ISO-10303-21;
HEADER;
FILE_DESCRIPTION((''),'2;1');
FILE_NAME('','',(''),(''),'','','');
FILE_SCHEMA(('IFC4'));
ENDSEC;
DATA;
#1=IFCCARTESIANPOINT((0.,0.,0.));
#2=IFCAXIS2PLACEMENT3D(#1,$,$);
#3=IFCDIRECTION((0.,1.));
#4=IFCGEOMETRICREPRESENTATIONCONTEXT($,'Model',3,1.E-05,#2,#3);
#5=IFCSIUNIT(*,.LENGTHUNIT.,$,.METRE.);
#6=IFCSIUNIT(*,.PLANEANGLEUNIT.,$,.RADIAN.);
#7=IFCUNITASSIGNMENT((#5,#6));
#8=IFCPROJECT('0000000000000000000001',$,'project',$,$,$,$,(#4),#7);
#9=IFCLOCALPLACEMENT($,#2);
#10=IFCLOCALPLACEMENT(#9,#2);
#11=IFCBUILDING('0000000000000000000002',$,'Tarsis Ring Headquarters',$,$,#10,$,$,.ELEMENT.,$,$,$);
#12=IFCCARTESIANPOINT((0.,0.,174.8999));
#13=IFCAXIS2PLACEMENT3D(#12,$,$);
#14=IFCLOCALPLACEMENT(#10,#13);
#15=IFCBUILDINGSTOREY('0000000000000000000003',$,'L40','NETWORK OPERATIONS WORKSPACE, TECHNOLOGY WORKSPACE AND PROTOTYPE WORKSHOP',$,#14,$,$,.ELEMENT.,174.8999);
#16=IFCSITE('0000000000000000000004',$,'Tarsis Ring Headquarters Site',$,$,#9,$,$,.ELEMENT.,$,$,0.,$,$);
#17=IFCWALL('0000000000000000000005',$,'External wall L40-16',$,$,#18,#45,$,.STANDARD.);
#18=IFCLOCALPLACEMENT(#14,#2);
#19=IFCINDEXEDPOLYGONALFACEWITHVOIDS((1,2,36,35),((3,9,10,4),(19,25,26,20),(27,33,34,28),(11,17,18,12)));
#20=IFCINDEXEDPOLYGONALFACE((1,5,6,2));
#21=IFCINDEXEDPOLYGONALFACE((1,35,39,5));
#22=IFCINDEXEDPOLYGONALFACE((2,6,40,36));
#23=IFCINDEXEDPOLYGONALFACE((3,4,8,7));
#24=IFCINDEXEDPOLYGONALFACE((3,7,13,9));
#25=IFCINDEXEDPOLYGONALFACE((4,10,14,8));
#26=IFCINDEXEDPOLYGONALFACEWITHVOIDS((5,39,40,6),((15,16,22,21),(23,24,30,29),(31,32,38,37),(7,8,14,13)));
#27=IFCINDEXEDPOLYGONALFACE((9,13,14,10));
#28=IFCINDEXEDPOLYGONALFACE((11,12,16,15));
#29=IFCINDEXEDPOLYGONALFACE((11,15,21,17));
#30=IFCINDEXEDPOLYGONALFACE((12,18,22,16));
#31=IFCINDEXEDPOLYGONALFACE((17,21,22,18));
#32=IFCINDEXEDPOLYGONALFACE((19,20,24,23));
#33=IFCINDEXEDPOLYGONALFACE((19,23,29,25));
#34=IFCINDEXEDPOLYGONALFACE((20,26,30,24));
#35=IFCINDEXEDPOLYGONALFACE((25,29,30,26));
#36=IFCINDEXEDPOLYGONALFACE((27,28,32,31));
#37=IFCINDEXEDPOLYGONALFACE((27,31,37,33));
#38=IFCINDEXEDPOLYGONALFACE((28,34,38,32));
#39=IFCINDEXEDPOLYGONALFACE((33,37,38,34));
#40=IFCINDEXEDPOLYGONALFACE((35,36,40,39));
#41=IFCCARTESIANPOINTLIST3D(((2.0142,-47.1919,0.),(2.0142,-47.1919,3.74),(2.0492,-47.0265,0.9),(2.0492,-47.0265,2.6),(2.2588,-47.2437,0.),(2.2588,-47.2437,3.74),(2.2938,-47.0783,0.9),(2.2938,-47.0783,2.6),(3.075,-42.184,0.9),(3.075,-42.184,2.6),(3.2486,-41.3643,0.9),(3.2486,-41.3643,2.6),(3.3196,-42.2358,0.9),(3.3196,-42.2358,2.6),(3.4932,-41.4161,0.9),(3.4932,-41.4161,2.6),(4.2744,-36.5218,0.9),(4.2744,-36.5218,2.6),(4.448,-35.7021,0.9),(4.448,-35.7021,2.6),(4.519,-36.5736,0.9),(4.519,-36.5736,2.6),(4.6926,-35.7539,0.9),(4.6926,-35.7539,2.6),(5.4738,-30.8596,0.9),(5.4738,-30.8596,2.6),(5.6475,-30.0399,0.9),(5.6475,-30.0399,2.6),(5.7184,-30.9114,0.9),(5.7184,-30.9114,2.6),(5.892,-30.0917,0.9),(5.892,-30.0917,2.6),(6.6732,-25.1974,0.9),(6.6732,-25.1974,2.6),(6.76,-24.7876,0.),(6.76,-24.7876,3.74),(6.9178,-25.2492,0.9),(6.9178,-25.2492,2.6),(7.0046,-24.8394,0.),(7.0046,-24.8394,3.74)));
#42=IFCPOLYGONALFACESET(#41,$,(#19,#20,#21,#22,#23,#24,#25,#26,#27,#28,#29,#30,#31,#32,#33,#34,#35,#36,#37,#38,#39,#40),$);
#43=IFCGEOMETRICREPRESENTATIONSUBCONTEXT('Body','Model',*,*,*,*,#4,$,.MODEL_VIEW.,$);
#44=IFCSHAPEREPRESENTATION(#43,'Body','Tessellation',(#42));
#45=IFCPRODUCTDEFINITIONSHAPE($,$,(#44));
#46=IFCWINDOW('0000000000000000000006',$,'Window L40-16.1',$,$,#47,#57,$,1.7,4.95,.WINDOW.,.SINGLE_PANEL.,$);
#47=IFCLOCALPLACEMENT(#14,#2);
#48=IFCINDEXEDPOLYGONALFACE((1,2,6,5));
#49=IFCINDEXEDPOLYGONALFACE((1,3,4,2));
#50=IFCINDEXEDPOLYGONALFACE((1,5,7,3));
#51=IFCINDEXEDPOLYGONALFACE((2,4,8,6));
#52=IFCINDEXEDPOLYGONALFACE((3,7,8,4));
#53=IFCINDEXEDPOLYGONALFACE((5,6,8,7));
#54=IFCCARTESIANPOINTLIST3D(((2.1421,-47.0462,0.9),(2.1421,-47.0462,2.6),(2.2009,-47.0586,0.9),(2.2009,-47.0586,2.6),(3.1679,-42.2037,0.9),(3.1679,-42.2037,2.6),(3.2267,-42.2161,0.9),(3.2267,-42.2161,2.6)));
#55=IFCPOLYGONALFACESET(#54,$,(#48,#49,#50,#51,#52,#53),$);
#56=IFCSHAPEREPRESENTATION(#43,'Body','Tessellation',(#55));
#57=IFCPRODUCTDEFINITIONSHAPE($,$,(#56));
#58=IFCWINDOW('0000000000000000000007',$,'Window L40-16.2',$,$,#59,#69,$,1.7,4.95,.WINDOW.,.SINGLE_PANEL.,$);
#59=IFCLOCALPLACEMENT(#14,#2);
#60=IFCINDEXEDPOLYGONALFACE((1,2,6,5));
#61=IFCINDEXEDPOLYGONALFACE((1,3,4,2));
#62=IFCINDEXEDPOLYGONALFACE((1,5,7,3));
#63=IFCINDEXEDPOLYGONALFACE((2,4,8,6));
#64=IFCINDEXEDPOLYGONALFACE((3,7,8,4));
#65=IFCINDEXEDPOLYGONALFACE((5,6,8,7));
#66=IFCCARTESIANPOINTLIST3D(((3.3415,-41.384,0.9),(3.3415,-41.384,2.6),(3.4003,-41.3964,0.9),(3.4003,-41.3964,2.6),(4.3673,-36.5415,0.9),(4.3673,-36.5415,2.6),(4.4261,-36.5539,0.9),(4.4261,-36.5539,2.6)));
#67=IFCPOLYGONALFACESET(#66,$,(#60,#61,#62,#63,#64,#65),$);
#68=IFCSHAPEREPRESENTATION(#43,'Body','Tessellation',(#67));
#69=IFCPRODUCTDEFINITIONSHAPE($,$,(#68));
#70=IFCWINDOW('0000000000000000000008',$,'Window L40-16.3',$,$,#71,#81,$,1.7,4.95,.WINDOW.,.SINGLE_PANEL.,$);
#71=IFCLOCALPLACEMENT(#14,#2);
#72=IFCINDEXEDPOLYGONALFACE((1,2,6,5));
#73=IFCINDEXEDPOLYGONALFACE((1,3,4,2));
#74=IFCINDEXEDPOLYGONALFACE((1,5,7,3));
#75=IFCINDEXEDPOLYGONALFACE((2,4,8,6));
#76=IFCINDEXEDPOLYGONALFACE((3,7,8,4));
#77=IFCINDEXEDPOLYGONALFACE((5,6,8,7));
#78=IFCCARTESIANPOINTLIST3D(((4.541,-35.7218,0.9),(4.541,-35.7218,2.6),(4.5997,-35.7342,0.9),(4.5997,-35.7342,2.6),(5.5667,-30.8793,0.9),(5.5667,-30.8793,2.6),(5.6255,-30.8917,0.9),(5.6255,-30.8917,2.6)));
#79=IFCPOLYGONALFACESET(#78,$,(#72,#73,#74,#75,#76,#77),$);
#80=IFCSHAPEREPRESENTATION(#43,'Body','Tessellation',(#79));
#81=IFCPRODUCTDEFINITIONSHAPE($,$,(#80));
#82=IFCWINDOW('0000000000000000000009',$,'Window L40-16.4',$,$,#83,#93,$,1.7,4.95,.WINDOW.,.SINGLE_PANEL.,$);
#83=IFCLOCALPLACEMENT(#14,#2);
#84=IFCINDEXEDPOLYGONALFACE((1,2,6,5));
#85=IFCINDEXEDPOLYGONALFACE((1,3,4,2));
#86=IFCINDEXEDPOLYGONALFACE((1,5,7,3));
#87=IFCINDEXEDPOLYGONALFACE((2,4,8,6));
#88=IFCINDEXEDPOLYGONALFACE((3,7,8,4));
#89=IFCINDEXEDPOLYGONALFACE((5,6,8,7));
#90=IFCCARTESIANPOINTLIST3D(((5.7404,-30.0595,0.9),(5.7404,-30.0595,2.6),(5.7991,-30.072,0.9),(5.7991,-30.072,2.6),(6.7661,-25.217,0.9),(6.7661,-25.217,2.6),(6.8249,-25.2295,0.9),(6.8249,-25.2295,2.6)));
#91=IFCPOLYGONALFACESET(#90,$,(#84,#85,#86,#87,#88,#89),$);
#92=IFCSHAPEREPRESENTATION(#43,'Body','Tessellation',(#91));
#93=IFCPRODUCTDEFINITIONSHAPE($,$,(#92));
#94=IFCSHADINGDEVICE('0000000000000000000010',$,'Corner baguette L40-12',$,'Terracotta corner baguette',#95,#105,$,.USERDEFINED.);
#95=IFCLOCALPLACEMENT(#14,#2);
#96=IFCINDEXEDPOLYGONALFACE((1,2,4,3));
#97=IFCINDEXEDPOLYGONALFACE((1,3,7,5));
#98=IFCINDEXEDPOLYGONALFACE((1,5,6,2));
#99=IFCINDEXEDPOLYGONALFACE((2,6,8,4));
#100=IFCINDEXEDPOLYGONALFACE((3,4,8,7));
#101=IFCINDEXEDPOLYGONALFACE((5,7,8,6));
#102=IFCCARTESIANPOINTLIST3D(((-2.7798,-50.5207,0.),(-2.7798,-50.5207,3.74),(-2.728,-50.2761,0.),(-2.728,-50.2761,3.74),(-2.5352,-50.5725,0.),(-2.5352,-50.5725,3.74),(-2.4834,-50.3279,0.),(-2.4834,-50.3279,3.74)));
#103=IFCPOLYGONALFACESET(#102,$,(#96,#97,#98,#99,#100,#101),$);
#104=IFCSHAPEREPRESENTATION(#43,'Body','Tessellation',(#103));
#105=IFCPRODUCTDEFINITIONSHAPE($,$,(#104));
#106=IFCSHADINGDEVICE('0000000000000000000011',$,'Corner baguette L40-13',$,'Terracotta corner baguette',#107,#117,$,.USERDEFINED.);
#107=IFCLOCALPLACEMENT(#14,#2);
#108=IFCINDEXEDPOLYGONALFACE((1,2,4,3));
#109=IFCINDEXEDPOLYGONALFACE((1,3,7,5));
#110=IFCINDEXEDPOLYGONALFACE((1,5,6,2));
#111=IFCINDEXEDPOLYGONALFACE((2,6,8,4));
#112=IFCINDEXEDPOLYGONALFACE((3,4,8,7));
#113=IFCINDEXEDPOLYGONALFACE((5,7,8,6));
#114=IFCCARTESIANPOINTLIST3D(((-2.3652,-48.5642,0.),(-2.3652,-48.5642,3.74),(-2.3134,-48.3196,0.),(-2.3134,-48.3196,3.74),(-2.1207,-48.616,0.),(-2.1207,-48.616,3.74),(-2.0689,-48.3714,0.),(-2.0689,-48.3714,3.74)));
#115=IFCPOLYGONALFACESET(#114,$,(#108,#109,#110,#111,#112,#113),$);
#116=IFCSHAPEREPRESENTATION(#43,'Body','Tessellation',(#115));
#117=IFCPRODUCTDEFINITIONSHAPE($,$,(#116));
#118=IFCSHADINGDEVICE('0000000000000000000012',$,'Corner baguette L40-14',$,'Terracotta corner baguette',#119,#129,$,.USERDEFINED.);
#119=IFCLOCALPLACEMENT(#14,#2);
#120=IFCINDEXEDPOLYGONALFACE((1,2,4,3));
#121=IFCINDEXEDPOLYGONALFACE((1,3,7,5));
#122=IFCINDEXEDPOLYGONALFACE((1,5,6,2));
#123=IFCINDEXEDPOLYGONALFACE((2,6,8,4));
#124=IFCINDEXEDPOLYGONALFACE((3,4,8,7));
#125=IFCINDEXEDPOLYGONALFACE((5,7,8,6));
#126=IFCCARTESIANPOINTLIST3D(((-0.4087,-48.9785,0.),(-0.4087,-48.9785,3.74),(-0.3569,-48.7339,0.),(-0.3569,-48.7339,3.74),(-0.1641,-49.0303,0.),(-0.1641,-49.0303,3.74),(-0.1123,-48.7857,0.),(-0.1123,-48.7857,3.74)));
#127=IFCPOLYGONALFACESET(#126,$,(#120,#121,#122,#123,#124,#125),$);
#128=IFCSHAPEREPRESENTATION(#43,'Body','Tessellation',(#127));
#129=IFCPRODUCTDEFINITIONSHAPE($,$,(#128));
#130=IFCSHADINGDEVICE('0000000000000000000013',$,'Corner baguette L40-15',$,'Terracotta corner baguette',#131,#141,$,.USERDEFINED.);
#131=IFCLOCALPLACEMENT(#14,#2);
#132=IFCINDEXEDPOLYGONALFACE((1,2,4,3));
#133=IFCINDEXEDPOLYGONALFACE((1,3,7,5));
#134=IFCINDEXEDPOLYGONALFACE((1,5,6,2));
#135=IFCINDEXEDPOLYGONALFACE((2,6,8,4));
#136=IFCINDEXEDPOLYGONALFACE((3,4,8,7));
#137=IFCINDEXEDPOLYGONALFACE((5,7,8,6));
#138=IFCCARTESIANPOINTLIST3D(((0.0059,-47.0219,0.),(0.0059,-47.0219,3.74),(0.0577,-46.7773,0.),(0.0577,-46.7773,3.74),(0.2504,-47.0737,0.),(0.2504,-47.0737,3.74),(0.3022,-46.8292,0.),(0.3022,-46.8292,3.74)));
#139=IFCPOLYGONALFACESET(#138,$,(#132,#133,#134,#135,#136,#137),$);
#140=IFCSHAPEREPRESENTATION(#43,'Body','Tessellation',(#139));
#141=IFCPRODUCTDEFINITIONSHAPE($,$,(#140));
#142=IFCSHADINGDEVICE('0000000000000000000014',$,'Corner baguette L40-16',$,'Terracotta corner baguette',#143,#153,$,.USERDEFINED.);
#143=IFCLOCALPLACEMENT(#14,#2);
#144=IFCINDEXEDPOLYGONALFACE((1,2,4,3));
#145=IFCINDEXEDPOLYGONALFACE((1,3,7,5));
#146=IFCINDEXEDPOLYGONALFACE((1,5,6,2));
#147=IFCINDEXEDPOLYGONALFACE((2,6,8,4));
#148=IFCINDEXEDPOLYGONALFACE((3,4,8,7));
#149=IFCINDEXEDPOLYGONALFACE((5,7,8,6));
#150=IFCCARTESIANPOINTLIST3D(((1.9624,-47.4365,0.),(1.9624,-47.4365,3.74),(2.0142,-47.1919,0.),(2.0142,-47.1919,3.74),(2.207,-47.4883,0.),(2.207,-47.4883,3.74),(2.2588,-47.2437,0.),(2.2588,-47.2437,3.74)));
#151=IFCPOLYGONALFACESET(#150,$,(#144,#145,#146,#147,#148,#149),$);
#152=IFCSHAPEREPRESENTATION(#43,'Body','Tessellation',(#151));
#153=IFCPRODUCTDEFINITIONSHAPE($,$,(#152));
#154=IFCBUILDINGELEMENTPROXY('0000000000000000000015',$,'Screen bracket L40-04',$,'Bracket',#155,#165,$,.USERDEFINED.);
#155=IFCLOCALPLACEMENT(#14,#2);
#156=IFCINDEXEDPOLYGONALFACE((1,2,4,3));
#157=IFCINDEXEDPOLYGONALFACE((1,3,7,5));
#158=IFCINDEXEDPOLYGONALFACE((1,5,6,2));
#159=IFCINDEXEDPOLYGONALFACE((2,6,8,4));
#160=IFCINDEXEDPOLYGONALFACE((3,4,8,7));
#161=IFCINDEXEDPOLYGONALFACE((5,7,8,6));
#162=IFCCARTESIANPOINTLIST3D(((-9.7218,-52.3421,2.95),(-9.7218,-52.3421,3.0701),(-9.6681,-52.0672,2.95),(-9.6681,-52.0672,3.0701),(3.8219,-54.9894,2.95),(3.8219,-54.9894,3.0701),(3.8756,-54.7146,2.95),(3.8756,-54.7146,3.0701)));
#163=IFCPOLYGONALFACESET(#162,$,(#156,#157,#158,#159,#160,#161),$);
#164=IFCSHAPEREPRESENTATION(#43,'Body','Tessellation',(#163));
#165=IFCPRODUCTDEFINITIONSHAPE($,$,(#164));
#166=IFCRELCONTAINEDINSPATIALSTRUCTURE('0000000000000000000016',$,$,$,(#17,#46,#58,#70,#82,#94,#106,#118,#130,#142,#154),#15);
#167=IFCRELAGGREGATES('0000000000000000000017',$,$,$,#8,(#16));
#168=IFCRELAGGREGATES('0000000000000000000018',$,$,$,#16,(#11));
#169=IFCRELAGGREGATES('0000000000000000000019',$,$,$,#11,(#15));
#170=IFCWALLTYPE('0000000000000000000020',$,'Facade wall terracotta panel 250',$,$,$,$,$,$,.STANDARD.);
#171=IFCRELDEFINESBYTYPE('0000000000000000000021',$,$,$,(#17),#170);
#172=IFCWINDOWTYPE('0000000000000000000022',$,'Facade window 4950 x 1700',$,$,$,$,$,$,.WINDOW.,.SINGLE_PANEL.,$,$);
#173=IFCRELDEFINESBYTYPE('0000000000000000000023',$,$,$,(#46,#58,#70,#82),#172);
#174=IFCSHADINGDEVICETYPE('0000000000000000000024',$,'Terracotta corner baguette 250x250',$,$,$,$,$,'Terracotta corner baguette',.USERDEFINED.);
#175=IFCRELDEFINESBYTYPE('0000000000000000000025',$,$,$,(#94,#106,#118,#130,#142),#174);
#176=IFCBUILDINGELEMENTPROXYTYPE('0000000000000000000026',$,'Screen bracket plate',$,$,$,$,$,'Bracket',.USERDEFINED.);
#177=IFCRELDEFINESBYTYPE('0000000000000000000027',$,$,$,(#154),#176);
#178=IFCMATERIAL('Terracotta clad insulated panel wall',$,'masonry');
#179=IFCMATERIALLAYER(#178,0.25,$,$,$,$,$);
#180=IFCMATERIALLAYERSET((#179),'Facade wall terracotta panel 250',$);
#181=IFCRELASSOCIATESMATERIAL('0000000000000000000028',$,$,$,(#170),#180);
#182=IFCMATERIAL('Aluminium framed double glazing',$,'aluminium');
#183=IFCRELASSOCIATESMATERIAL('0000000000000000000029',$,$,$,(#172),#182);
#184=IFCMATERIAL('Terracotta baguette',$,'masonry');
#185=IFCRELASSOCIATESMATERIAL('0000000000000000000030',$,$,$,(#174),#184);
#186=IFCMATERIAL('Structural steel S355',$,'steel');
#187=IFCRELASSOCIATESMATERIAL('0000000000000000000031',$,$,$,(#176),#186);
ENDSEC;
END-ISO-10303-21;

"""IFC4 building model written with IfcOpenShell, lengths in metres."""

from ifc_helpers import new_model, si_unit, direction, frame, frame_2d, origin, origin_2d, place, context, subcontext, project, spatial, rectangle, extrude, material, layer, layer_set, type_object, element, fill, save


model = new_model("IFC4")

# Units and contexts
model_context = context("Model", 3, precision=1e-05, world=origin(), true_north=direction((0.0, 1.0)))
body_context = subcontext(model_context, "Body", "Model", "MODEL_VIEW")
ifc_project = project(units=[si_unit("LENGTHUNIT", "METRE"), si_unit("PLANEANGLEUNIT", "RADIAN")], contexts=[model_context])

# Site, building, storey
site_placement = place(None, origin())
site = spatial("IfcSite", under=ifc_project, at=site_placement, Name="Tarsis Ring Headquarters Site", CompositionType="ELEMENT", RefElevation=0.0)
building_placement = place(site_placement, origin())
building = spatial("IfcBuilding", under=site, at=building_placement, Name="Tarsis Ring Headquarters", CompositionType="ELEMENT")
storey_placement = place(building_placement, frame((0.0, 0.0, 174.8999)))
storey = spatial("IfcBuildingStorey", under=building, at=storey_placement, Name="L40", Description="NETWORK OPERATIONS WORKSPACE, TECHNOLOGY WORKSPACE AND PROTOTYPE WORKSHOP", CompositionType="ELEMENT", Elevation=174.8999)

# Shared definitions
ifc_material_1 = material(Name="Structural steel S355", Category="steel")

# Shared definitions
ifc_material_2 = material(Name="Terracotta clad insulated panel wall", Category="masonry")
ifc_layer_1 = layer(ifc_material_2, 0.25)
ifc_layer_set_1 = layer_set([ifc_layer_1], Name="Facade wall terracotta panel 250")
wall_type_1 = type_object("IfcWallType", Name="Facade wall terracotta panel 250", PredefinedType="STANDARD", material=ifc_layer_set_1)

# Wall, openings, windows
wall_1_placement = place(storey_placement, frame((2.1365, -47.2178, 0.0), z_axis=(0.0, 0.0, 1.0), x_axis=(0.207229, 0.978292, 0.0)))
wall_1 = element("IfcWall", 1, at=wall_1_placement, inside=storey, type_object=wall_type_1, Name="External wall L40-16", PredefinedType="STANDARD", context=body_context, shape_type="SweptSolid", body=[
    extrude(rectangle(XDim=22.9014, YDim=0.25, at=frame_2d((11.4507, 0.0))), origin(), (0.0, 0.0, 1.0), 3.74),
])
opening_1_placement = place(wall_1_placement, frame((0.1689, 0.0, 0.8999)))
opening_1 = element("IfcOpeningElement", 2, at=opening_1_placement, cuts=wall_1, PredefinedType="OPENING", context=body_context, shape_type="SweptSolid", body=[
    extrude(rectangle(XDim=4.95, YDim=1.7, at=frame_2d((2.4751, 0.8501))), frame((0.0, 0.135, 0.0), z_axis=(0.0, -1.0, 0.0), x_axis=(1.0, 0.0, 0.0)), (0.0, 0.0, 1.0), 0.27),
])
opening_2_placement = place(wall_1_placement, frame((5.9568, 0.0, 0.8999)))
opening_2 = element("IfcOpeningElement", 3, at=opening_2_placement, cuts=wall_1, PredefinedType="OPENING", context=body_context, shape_type="SweptSolid", body=[
    extrude(rectangle(XDim=4.95, YDim=1.7, at=frame_2d((2.4751, 0.8501))), frame((0.0, 0.135, 0.0), z_axis=(0.0, -1.0, 0.0), x_axis=(1.0, 0.0, 0.0)), (0.0, 0.0, 1.0), 0.27),
])
opening_3_placement = place(wall_1_placement, frame((11.7446, 0.0, 0.8999)))
opening_3 = element("IfcOpeningElement", 4, at=opening_3_placement, cuts=wall_1, PredefinedType="OPENING", context=body_context, shape_type="SweptSolid", body=[
    extrude(rectangle(XDim=4.95, YDim=1.7, at=frame_2d((2.4751, 0.8501))), frame((0.0, 0.135, 0.0), z_axis=(0.0, -1.0, 0.0), x_axis=(1.0, 0.0, 0.0)), (0.0, 0.0, 1.0), 0.27),
])
opening_4_placement = place(wall_1_placement, frame((17.5325, 0.0, 0.8999)))
opening_4 = element("IfcOpeningElement", 5, at=opening_4_placement, cuts=wall_1, PredefinedType="OPENING", context=body_context, shape_type="SweptSolid", body=[
    extrude(rectangle(XDim=4.95, YDim=1.7, at=frame_2d((2.4751, 0.8501))), frame((0.0, 0.135, 0.0), z_axis=(0.0, -1.0, 0.0), x_axis=(1.0, 0.0, 0.0)), (0.0, 0.0, 1.0), 0.27),
])
ifc_material_3 = material(Name="Aluminium framed double glazing", Category="aluminium")
window_type = type_object("IfcWindowType", Name="Facade window 4950 x 1700", PartitioningType="SINGLE_PANEL", PredefinedType="WINDOW", material=ifc_material_3)
window_1_placement = place(opening_1_placement, origin())
window_1 = element("IfcWindow", 6, at=window_1_placement, inside=storey, type_object=window_type, Name="Window L40-16.1", OverallHeight=1.7, OverallWidth=4.95, PartitioningType="SINGLE_PANEL", PredefinedType="WINDOW", context=body_context, shape_type="SweptSolid", body=[
    extrude(rectangle(XDim=4.95, YDim=1.7, at=frame_2d((2.4751, 0.8501))), frame((0.0, 0.03, 0.0), z_axis=(0.0, -1.0, 0.0), x_axis=(1.0, 0.0, 0.0)), (0.0, 0.0, 1.0), 0.0601),
])
fill(opening_1, window_1)
window_2_placement = place(opening_2_placement, origin())
window_2 = element("IfcWindow", 7, at=window_2_placement, inside=storey, type_object=window_type, Name="Window L40-16.2", OverallHeight=1.7, OverallWidth=4.95, PartitioningType="SINGLE_PANEL", PredefinedType="WINDOW", context=body_context, shape_type="SweptSolid", body=[
    extrude(rectangle(XDim=4.95, YDim=1.7, at=frame_2d((2.4751, 0.8501))), frame((0.0, 0.03, 0.0), z_axis=(0.0, -1.0, 0.0), x_axis=(1.0, 0.0, 0.0)), (0.0, 0.0, 1.0), 0.0601),
])
fill(opening_2, window_2)
window_3_placement = place(opening_3_placement, origin())
window_3 = element("IfcWindow", 8, at=window_3_placement, inside=storey, type_object=window_type, Name="Window L40-16.3", OverallHeight=1.7, OverallWidth=4.95, PartitioningType="SINGLE_PANEL", PredefinedType="WINDOW", context=body_context, shape_type="SweptSolid", body=[
    extrude(rectangle(XDim=4.95, YDim=1.7, at=frame_2d((2.4751, 0.8501))), frame((0.0, 0.03, 0.0), z_axis=(0.0, -1.0, 0.0), x_axis=(1.0, 0.0, 0.0)), (0.0, 0.0, 1.0), 0.0601),
])
fill(opening_3, window_3)
window_4_placement = place(opening_4_placement, origin())
window_4 = element("IfcWindow", 9, at=window_4_placement, inside=storey, type_object=window_type, Name="Window L40-16.4", OverallHeight=1.7, OverallWidth=4.95, PartitioningType="SINGLE_PANEL", PredefinedType="WINDOW", context=body_context, shape_type="SweptSolid", body=[
    extrude(rectangle(XDim=4.95, YDim=1.7, at=frame_2d((2.4751, 0.8501))), frame((0.0, 0.03, 0.0), z_axis=(0.0, -1.0, 0.0), x_axis=(1.0, 0.0, 0.0)), (0.0, 0.0, 1.0), 0.0601),
])
fill(opening_4, window_4)

# Shading devices
ifc_material_4 = material(Name="Terracotta baguette", Category="masonry")
shading_device_type_1 = type_object("IfcShadingDeviceType", Name="Terracotta corner baguette 250x250", ElementType="Terracotta corner baguette", PredefinedType="USERDEFINED", material=ifc_material_4)
for number, where, z_axis, x_axis, name in (
    (10, (-2.6316, -50.4243, 0.0), (0.0, 0.0, 1.0), (0.978293, -0.207229, 0.0), "Corner baguette L40-12"),
    (11, (-2.217, -48.4678, 0.0), (0.0, 0.0, 1.0), (0.207229, 0.978292, 0.0), "Corner baguette L40-13"),
    (12, (-0.2605, -48.8821, 0.0), (0.0, 0.0, 1.0), (0.978293, -0.207228, 0.0), "Corner baguette L40-14"),
    (13, (0.1541, -46.9255, 0.0), (0.0, 0.0, 1.0), (0.207229, 0.978293, 0.0), "Corner baguette L40-15"),
    (14, (2.1106, -47.3401, 0.0), (0.0, 0.0, 1.0), (0.978293, -0.207229, 0.0), "Corner baguette L40-16"),
):
    element("IfcShadingDevice", number, at=place(storey_placement, frame(where, z_axis=z_axis, x_axis=x_axis)), inside=storey, type_object=shading_device_type_1, Name=name, ObjectType="Terracotta corner baguette", PredefinedType="USERDEFINED", context=body_context, shape_type="SweptSolid", body=[
        extrude(rectangle(XDim=0.25, YDim=0.25, at=origin_2d()), origin(), (0.0, 0.0, 1.0), 3.74),
    ])

# Building element proxy
building_element_proxy_type = type_object("IfcBuildingElementProxyType", Name="Screen bracket plate", ElementType="Bracket", PredefinedType="USERDEFINED", material=ifc_material_1)
proxy_placement = place(storey_placement, frame((-2.9231, -53.5283, 2.95), z_axis=(0.0, 0.0, 1.0), x_axis=(0.981427, -0.191837, 0.0)))
element("IfcBuildingElementProxy", 15, at=proxy_placement, inside=storey, type_object=building_element_proxy_type, Name="Screen bracket L40-04", ObjectType="Bracket", PredefinedType="USERDEFINED", context=body_context, shape_type="SweptSolid", body=[
    extrude(rectangle(XDim=13.8, YDim=0.28, at=origin_2d()), origin(), (0.0, 0.0, 1.0), 0.1201),
])

save(model, "model.ifc")
